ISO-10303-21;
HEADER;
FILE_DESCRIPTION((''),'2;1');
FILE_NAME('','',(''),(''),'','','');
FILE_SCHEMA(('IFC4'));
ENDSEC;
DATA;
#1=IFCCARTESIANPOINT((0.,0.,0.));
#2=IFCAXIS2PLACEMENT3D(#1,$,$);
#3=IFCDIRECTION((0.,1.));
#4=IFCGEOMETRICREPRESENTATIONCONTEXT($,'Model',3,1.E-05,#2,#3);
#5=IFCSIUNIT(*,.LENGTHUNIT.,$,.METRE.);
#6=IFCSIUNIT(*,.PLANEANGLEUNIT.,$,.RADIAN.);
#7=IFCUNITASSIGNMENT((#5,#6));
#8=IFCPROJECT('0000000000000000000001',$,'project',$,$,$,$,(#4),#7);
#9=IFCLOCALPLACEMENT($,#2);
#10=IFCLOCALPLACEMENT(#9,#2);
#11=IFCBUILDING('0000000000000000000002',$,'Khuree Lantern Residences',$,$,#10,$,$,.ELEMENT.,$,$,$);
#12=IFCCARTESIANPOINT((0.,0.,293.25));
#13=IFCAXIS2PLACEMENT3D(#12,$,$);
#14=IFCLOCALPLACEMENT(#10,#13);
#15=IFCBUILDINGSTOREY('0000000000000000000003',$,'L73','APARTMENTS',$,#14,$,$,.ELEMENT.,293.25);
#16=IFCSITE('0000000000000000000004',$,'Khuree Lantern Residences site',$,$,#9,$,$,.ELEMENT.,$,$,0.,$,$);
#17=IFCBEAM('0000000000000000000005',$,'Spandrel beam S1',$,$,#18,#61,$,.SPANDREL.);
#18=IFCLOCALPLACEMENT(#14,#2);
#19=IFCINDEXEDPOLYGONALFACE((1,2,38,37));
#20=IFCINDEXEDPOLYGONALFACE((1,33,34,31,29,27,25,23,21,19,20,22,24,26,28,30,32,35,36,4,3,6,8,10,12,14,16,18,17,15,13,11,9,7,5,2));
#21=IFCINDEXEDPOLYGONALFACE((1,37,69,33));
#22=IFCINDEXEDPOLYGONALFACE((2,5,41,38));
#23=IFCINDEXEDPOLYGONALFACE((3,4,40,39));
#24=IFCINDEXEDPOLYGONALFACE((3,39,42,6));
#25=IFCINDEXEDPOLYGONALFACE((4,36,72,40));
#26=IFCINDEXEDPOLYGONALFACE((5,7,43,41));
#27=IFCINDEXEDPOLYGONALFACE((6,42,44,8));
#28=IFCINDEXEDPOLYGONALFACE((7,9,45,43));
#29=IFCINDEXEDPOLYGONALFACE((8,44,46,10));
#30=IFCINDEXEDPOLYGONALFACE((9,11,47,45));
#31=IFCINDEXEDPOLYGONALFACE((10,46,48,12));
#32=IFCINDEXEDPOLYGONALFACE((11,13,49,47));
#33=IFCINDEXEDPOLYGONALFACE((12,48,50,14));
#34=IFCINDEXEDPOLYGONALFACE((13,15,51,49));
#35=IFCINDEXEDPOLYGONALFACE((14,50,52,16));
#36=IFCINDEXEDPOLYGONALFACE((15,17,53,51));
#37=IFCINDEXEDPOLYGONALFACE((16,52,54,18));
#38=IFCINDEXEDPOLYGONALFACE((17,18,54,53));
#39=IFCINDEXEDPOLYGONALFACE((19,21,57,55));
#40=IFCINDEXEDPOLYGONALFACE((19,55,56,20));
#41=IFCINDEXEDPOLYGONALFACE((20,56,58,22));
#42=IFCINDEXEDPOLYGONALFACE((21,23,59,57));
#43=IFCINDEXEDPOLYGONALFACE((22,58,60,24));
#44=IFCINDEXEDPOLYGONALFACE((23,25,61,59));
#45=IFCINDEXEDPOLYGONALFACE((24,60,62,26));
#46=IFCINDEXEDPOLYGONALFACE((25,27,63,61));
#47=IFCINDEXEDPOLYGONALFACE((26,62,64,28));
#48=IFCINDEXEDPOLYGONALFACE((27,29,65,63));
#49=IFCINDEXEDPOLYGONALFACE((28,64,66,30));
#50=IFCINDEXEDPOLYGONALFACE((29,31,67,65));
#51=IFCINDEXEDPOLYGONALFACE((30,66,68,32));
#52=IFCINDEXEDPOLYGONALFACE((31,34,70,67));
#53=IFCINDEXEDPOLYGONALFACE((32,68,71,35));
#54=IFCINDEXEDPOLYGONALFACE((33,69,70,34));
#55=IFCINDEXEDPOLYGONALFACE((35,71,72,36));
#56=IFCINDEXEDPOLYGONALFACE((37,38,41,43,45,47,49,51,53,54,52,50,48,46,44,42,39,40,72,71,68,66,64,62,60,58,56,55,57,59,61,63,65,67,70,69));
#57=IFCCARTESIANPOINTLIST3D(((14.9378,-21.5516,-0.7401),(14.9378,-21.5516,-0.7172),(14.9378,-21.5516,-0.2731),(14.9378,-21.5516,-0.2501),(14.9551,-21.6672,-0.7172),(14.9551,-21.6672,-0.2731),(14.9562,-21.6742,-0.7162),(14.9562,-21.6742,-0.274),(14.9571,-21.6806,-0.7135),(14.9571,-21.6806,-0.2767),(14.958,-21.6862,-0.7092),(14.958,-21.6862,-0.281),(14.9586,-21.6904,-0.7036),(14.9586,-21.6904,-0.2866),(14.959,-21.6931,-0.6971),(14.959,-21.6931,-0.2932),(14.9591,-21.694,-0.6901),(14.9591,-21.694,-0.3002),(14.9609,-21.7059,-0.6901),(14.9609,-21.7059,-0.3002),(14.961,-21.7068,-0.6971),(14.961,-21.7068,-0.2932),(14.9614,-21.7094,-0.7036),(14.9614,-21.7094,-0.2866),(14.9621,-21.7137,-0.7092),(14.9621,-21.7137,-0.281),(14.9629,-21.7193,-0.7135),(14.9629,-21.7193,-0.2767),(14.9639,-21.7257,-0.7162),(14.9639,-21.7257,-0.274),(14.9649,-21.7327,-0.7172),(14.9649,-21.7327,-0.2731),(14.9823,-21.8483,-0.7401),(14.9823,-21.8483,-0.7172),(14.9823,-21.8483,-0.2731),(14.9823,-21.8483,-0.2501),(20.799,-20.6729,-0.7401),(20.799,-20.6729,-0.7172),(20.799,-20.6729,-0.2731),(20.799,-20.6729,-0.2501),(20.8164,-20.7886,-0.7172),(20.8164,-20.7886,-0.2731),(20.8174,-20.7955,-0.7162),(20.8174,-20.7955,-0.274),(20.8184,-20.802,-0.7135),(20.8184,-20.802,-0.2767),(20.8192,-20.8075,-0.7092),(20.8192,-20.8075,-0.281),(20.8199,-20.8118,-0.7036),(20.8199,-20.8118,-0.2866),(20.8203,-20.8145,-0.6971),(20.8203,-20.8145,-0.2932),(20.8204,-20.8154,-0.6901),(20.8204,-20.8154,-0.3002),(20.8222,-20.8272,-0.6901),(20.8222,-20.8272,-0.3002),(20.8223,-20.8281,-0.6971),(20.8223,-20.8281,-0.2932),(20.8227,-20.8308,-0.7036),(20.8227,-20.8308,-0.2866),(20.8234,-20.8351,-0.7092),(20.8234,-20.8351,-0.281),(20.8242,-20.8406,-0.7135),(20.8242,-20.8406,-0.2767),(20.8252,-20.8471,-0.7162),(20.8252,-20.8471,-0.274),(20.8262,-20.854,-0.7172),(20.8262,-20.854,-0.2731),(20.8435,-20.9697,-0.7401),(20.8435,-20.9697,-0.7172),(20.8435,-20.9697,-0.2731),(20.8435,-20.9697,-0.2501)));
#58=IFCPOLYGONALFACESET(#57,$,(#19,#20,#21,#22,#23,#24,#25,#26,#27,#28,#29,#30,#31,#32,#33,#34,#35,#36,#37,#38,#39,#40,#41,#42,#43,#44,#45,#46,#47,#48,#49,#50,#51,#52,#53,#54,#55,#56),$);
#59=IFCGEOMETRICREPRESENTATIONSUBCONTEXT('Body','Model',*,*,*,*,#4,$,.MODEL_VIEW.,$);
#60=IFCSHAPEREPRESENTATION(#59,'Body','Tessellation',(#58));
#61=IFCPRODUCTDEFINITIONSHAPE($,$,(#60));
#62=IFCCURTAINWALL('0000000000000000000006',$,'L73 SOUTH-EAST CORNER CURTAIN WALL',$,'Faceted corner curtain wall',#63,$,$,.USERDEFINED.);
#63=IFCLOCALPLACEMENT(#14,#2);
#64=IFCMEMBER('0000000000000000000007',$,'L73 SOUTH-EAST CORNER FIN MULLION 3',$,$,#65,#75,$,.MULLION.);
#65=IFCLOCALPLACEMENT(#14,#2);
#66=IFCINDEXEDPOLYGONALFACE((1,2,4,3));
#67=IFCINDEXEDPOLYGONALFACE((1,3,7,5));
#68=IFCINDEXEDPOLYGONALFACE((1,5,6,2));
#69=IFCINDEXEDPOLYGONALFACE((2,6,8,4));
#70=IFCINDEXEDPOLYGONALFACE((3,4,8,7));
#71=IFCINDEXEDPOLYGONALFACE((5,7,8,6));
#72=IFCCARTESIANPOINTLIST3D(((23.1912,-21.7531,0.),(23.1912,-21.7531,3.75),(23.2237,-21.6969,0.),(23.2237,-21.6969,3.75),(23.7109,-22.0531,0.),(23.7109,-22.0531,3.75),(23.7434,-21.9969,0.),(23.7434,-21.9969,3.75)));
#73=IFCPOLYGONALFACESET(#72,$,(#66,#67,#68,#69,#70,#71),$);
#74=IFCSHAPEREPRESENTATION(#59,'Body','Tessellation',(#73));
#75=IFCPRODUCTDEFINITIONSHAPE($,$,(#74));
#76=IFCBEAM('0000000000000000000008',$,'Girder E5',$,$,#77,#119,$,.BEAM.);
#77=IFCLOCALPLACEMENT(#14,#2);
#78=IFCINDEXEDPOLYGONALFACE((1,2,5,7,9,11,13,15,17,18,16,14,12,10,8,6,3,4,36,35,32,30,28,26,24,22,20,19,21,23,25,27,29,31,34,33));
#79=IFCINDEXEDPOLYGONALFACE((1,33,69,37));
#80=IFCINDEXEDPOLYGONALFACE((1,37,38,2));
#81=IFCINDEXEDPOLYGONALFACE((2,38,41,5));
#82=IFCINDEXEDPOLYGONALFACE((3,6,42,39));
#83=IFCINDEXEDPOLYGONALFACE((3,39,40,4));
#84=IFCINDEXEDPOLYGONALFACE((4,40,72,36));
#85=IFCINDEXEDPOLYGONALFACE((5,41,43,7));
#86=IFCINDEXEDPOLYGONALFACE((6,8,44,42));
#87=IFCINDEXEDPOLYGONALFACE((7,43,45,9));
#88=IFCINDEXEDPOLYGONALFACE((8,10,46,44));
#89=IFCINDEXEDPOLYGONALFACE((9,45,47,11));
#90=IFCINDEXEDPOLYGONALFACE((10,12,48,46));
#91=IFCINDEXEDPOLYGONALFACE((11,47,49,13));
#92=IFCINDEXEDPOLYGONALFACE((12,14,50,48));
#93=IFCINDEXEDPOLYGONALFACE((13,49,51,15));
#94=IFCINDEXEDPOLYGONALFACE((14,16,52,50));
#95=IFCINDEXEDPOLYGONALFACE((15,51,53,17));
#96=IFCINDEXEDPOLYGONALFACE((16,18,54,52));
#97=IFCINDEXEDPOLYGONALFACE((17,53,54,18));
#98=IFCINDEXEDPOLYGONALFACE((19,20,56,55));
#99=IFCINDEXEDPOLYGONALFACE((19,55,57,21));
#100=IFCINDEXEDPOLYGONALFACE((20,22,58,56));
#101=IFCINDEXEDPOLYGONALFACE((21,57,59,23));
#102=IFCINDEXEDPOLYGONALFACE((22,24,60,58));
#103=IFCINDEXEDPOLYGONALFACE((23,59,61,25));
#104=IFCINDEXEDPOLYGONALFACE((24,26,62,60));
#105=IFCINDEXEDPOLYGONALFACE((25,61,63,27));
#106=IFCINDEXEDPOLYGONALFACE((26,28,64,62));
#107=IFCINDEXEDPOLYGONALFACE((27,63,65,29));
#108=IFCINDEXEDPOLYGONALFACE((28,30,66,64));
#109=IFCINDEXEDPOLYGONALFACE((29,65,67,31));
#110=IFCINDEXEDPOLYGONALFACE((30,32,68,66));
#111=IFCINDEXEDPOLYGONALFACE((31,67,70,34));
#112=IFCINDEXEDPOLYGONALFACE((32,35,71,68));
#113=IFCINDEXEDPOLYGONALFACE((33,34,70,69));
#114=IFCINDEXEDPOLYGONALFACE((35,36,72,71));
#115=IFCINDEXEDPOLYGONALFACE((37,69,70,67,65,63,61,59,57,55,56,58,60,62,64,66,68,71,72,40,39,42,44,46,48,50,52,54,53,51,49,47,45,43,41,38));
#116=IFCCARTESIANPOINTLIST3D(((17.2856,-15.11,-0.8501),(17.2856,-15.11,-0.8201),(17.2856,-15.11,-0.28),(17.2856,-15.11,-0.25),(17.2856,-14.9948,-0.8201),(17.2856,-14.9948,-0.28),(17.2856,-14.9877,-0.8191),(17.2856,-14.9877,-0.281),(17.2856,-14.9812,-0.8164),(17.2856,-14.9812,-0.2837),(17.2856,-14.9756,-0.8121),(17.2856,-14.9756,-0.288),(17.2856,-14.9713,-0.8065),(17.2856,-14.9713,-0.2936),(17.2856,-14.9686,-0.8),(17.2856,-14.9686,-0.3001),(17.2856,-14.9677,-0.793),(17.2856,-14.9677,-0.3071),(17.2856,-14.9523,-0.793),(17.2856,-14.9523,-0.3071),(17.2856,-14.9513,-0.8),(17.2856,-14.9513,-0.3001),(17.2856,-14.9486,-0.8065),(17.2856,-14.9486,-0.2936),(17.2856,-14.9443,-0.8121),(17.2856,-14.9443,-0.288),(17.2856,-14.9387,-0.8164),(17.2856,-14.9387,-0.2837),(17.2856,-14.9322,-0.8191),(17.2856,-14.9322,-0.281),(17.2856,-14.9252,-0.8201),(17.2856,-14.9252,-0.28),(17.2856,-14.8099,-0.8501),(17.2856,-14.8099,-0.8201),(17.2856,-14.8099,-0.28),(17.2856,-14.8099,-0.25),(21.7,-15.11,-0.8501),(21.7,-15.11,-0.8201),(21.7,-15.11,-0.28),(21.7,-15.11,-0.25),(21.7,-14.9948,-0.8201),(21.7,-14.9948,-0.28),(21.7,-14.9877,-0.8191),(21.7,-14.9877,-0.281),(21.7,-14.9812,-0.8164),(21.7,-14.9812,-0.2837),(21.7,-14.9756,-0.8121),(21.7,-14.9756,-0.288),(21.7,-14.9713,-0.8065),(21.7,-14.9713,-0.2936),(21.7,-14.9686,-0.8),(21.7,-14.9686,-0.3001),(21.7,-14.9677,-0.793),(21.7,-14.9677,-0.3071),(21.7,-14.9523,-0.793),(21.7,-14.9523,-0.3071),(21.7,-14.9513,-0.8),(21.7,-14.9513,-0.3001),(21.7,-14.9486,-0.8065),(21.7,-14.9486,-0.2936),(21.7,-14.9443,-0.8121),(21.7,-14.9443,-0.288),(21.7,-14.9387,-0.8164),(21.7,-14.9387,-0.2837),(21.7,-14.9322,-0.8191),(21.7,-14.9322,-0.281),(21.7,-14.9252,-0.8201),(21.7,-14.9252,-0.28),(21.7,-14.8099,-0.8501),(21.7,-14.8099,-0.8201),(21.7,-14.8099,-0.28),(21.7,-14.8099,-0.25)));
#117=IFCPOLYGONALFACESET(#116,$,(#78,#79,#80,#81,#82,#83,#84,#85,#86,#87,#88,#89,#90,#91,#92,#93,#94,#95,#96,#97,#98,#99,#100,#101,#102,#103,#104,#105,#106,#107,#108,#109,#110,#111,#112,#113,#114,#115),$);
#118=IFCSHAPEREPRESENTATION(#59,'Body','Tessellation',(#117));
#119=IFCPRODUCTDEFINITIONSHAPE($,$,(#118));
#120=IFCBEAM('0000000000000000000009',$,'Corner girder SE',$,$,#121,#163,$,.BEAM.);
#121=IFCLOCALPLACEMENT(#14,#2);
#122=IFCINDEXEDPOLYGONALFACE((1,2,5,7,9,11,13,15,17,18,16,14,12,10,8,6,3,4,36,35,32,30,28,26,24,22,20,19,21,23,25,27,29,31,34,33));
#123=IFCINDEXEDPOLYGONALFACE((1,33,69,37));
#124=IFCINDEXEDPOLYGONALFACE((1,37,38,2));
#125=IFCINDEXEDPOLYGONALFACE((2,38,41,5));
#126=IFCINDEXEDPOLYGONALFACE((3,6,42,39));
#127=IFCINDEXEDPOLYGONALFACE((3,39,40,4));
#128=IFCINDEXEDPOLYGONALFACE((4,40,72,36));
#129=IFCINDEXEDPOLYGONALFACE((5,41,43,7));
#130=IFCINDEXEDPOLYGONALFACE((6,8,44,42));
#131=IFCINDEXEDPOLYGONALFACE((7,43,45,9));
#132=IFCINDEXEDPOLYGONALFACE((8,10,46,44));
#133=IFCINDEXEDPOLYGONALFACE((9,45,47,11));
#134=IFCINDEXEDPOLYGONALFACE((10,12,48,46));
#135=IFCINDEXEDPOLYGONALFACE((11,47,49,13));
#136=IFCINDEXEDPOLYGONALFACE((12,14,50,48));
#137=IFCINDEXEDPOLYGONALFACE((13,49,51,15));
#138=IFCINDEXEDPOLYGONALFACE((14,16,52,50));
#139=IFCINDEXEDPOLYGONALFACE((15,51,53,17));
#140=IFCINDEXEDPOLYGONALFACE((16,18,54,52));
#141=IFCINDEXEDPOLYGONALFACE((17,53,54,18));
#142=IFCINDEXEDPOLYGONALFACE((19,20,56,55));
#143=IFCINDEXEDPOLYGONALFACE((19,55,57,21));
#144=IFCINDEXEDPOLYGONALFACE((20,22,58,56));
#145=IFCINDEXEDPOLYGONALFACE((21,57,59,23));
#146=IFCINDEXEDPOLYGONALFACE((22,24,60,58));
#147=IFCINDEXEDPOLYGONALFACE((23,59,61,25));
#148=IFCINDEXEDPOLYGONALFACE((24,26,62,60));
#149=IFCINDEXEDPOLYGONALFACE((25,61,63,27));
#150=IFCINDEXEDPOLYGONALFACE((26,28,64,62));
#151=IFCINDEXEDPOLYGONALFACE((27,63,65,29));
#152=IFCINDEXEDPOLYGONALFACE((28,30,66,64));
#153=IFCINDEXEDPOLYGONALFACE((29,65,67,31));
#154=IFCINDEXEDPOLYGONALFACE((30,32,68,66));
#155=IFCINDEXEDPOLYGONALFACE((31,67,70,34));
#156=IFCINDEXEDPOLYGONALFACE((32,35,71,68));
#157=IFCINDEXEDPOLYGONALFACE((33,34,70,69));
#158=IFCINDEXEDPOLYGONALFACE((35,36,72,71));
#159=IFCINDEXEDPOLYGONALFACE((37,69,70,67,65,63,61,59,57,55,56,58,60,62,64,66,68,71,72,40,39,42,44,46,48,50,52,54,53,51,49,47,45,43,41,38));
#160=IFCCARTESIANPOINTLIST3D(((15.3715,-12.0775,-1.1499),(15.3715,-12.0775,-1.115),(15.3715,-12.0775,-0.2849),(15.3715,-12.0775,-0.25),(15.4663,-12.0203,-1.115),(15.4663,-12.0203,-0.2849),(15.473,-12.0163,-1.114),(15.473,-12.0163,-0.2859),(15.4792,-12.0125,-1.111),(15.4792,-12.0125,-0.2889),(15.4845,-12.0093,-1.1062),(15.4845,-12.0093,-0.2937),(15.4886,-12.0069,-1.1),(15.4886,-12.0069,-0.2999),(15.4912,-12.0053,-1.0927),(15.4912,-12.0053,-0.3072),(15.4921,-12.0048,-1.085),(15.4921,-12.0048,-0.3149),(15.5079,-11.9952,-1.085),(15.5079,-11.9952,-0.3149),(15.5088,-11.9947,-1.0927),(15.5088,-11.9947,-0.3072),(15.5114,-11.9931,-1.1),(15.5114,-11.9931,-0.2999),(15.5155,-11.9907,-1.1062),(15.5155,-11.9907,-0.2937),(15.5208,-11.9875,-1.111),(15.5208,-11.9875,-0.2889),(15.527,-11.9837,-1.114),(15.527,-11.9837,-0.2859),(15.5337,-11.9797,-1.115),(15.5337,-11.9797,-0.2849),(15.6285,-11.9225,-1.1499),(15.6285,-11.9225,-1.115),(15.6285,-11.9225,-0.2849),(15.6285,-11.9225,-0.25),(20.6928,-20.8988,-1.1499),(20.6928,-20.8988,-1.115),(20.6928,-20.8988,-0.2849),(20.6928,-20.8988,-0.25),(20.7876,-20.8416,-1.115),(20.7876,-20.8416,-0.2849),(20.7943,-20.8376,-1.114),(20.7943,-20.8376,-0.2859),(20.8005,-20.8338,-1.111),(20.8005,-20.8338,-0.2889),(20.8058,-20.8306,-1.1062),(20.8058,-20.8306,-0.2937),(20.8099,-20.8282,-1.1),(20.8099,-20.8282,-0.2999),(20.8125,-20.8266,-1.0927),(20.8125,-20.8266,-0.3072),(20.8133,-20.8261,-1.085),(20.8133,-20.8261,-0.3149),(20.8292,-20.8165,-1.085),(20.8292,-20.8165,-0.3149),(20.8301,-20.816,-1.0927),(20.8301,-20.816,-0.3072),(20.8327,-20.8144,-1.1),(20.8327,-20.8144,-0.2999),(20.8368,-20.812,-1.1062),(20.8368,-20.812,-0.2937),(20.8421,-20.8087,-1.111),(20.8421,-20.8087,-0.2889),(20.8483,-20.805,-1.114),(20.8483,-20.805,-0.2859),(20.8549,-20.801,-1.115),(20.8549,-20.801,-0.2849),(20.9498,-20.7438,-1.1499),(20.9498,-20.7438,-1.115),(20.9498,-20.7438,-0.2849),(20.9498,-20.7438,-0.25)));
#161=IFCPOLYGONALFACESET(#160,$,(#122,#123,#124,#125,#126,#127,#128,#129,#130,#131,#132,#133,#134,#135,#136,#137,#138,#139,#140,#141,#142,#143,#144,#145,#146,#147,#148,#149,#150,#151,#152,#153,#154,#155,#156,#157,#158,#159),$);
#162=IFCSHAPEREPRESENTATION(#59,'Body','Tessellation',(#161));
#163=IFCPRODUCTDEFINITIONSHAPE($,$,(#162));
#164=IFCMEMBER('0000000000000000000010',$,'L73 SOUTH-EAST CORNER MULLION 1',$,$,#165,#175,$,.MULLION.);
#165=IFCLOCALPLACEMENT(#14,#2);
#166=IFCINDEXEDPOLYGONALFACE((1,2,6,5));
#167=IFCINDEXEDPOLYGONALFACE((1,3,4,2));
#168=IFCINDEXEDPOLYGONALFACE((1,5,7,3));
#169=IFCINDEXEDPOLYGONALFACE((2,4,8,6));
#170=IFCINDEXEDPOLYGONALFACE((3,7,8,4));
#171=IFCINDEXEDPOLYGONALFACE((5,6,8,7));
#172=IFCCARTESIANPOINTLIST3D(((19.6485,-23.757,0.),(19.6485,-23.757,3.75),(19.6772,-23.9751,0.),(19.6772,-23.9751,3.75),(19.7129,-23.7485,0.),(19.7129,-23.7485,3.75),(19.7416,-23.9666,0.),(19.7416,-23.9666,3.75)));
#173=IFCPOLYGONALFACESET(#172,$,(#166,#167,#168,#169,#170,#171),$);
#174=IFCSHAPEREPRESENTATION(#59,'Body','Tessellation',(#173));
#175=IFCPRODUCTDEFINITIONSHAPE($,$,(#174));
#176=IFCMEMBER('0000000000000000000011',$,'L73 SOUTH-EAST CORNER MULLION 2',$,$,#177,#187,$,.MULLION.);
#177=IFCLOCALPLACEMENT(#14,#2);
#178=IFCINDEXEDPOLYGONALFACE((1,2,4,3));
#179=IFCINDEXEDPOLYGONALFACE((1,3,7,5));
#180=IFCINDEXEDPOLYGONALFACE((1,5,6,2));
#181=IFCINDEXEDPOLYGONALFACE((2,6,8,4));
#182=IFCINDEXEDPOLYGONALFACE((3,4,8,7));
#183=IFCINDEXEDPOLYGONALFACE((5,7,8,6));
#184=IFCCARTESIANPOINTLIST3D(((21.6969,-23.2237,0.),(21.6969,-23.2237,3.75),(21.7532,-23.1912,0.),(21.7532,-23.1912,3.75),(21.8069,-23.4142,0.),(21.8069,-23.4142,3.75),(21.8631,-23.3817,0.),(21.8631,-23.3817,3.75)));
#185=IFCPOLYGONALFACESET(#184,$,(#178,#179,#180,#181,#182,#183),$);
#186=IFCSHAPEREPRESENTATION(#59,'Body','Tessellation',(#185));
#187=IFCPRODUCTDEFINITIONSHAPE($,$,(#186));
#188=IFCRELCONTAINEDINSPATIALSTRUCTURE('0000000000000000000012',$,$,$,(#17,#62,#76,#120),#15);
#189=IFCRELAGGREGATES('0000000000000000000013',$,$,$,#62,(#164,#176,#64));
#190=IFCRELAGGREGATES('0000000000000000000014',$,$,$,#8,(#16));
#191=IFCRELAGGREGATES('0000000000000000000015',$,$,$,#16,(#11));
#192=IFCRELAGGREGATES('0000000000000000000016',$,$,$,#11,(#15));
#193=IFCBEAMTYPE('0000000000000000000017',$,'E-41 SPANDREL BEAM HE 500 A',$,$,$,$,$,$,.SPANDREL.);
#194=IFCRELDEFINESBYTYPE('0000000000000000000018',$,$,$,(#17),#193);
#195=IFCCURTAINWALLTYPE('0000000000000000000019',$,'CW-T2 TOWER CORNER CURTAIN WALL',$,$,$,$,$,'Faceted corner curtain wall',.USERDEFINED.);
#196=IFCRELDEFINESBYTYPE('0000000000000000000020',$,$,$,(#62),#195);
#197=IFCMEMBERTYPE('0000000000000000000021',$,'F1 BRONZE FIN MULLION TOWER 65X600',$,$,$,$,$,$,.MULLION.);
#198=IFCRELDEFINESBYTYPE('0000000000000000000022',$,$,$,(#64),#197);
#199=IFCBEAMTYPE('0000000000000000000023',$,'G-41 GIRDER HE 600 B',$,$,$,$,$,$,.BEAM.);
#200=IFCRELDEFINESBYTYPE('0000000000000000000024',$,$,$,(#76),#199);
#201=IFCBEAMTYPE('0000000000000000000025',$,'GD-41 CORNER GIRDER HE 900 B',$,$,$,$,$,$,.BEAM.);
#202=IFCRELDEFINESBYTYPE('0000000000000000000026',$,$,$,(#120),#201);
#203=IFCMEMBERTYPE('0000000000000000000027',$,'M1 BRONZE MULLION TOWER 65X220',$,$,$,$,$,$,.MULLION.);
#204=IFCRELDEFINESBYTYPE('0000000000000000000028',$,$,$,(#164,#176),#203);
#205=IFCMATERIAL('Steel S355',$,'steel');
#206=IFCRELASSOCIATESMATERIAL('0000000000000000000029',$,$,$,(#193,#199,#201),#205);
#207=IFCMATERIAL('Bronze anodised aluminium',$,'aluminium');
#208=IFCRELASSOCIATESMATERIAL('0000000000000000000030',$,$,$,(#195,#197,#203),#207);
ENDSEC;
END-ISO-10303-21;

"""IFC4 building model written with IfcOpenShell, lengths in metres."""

from ifc_helpers import new_model, si_unit, direction, frame, origin, origin_2d, place, context, subcontext, project, spatial, rectangle, i_section, extrude, material, material_profile, profile_set, type_object, element, aggregate, save


model = new_model("IFC4")

# Units and contexts
model_context = context("Model", 3, precision=1e-05, world=origin(), true_north=direction((0.0, 1.0)))
body_context = subcontext(model_context, "Body", "Model", "MODEL_VIEW")
ifc_project = project(units=[si_unit("LENGTHUNIT", "METRE"), si_unit("PLANEANGLEUNIT", "RADIAN")], contexts=[model_context])

# Site, building, storey
site_placement = place(None, origin())
site = spatial("IfcSite", under=ifc_project, at=site_placement, Name="Khuree Lantern Residences site", CompositionType="ELEMENT", RefElevation=0.0)
building_placement = place(site_placement, origin())
building = spatial("IfcBuilding", under=site, at=building_placement, Name="Khuree Lantern Residences", CompositionType="ELEMENT")
storey_placement = place(building_placement, frame((0.0, 0.0, 293.25)))
storey = spatial("IfcBuildingStorey", under=building, at=storey_placement, Name="L73", Description="APARTMENTS", CompositionType="ELEMENT", Elevation=293.25)

# Beam
ifc_material_1 = material(Name="Steel S355", Category="steel")
ifc_material_profile_1 = material_profile(ifc_material_1, i_section(OverallWidth=0.3, OverallDepth=0.49, WebThickness=0.012, FlangeThickness=0.0229, FilletRadius=0.0271, at=origin_2d()), Name="HE 500 A")
ifc_profile_set_1 = profile_set([ifc_material_profile_1], Name="Steel S355")
beam_type_1 = type_object("IfcBeamType", Name="E-41 SPANDREL BEAM HE 500 A", PredefinedType="SPANDREL", material=ifc_profile_set_1)
for number, where, z_axis, x_axis, name in (
    (1, (20.8213, -20.8213, -0.4951), (-0.98895, -0.148252, 0.0), (0.148252, -0.98895, 0.0), "Spandrel beam S1"),
):
    element("IfcBeam", number, at=place(storey_placement, frame(where, z_axis=z_axis, x_axis=x_axis)), inside=storey, type_object=beam_type_1, Name=name, PredefinedType="SPANDREL", context=body_context, shape_type="SweptSolid", body=[
        extrude(i_section(OverallWidth=0.3, OverallDepth=0.49, WebThickness=0.012, FlangeThickness=0.0229, FilletRadius=0.0271, at=origin_2d()), origin(), (0.0, 0.0, 1.0), 5.9268),
    ])

# Curtain wall, member
ifc_material_2 = material(Name="Bronze anodised aluminium", Category="aluminium")
curtain_wall_type_1 = type_object("IfcCurtainWallType", Name="CW-T2 TOWER CORNER CURTAIN WALL", ElementType="Faceted corner curtain wall", PredefinedType="USERDEFINED", material=ifc_material_2)
curtain_wall_1_placement = place(storey_placement, origin())
curtain_wall_1 = element("IfcCurtainWall", 2, at=curtain_wall_1_placement, inside=storey, type_object=curtain_wall_type_1, Name="L73 SOUTH-EAST CORNER CURTAIN WALL", ObjectType="Faceted corner curtain wall", PredefinedType="USERDEFINED")
ifc_material_profile_2 = material_profile(ifc_material_2, rectangle(XDim=0.0649, YDim=0.6001, at=origin_2d()), Name="F1 65X600")
ifc_profile_set_2 = profile_set([ifc_material_profile_2], Name="Bronze anodised aluminium")
member_type_1 = type_object("IfcMemberType", Name="F1 BRONZE FIN MULLION TOWER 65X600", PredefinedType="MULLION", material=ifc_profile_set_2)
member_1_placement = place(storey_placement, frame((23.4673, -21.875, 0.0), z_axis=(0.0, 0.0, 1.0), x_axis=(0.5, 0.866025, 0.0)))
member_1 = element("IfcMember", 3, at=member_1_placement, type_object=member_type_1, Name="L73 SOUTH-EAST CORNER FIN MULLION 3", PredefinedType="MULLION", context=body_context, shape_type="SweptSolid", body=[
    extrude(rectangle(XDim=0.0649, YDim=0.6001, at=origin_2d()), origin(), (0.0, 0.0, 1.0), 3.75),
])

# Beams
ifc_material_profile_3 = material_profile(ifc_material_1, i_section(OverallWidth=0.3, OverallDepth=0.6001, WebThickness=0.0154, FlangeThickness=0.03, FilletRadius=0.0271, at=origin_2d()), Name="HE 600 B")
ifc_profile_set_3 = profile_set([ifc_material_profile_3], Name="Steel S355")
beam_type_2 = type_object("IfcBeamType", Name="G-41 GIRDER HE 600 B", PredefinedType="BEAM", material=ifc_profile_set_3)
beam_1_placement = place(storey_placement, frame((21.7, -14.96, -0.55), z_axis=(-1.0, 0.0, 0.0), x_axis=(0.0, -1.0, 0.0)))
element("IfcBeam", 4, at=beam_1_placement, inside=storey, type_object=beam_type_2, Name="Girder E5", PredefinedType="BEAM", context=body_context, shape_type="SweptSolid", body=[
    extrude(i_section(OverallWidth=0.3, OverallDepth=0.6001, WebThickness=0.0154, FlangeThickness=0.03, FilletRadius=0.0271, at=origin_2d()), origin(), (0.0, 0.0, 1.0), 4.4143),
])
ifc_material_profile_4 = material_profile(ifc_material_1, i_section(OverallWidth=0.3, OverallDepth=0.8999, WebThickness=0.0186, FlangeThickness=0.0349, FilletRadius=0.03, at=origin_2d()), Name="HE 900 B")
ifc_profile_set_4 = profile_set([ifc_material_profile_4], Name="Steel S355")
beam_type_3 = type_object("IfcBeamType", Name="GD-41 CORNER GIRDER HE 900 B", PredefinedType="BEAM", material=ifc_profile_set_4)
beam_2_placement = place(storey_placement, frame((20.8213, -20.8213, -0.7), z_axis=(-0.51653, 0.856269, 0.0), x_axis=(-0.856269, -0.51653, 0.0)))
element("IfcBeam", 5, at=beam_2_placement, inside=storey, type_object=beam_type_3, Name="Corner girder SE", PredefinedType="BEAM", context=body_context, shape_type="SweptSolid", body=[
    extrude(i_section(OverallWidth=0.3, OverallDepth=0.8999, WebThickness=0.0186, FlangeThickness=0.0349, FilletRadius=0.03, at=origin_2d()), origin(), (0.0, 0.0, 1.0), 10.302),
])

# Members
ifc_material_profile_5 = material_profile(ifc_material_2, rectangle(XDim=0.0649, YDim=0.22, at=origin_2d()), Name="M1 65X220")
ifc_profile_set_5 = profile_set([ifc_material_profile_5], Name="Bronze anodised aluminium")
member_type_2 = type_object("IfcMemberType", Name="M1 BRONZE MULLION TOWER 65X220", PredefinedType="MULLION", material=ifc_profile_set_5)
member_2_placement = place(storey_placement, frame((19.6951, -23.8618, 0.0), z_axis=(0.0, 0.0, 1.0), x_axis=(0.991445, 0.130526, 0.0)))
member_2 = element("IfcMember", 6, at=member_2_placement, type_object=member_type_2, Name="L73 SOUTH-EAST CORNER MULLION 1", PredefinedType="MULLION", context=body_context, shape_type="SweptSolid", body=[
    extrude(rectangle(XDim=0.0649, YDim=0.22, at=origin_2d()), origin(), (0.0, 0.0, 1.0), 3.75),
])
member_3_placement = place(storey_placement, frame((21.78, -23.3027, 0.0), z_axis=(0.0, 0.0, 1.0), x_axis=(0.866025, 0.5, 0.0)))
member_3 = element("IfcMember", 7, at=member_3_placement, type_object=member_type_2, Name="L73 SOUTH-EAST CORNER MULLION 2", PredefinedType="MULLION", context=body_context, shape_type="SweptSolid", body=[
    extrude(rectangle(XDim=0.0649, YDim=0.22, at=origin_2d()), origin(), (0.0, 0.0, 1.0), 3.75),
])

aggregate(curtain_wall_1, [member_2, member_3, member_1])

save(model, "model.ifc")
